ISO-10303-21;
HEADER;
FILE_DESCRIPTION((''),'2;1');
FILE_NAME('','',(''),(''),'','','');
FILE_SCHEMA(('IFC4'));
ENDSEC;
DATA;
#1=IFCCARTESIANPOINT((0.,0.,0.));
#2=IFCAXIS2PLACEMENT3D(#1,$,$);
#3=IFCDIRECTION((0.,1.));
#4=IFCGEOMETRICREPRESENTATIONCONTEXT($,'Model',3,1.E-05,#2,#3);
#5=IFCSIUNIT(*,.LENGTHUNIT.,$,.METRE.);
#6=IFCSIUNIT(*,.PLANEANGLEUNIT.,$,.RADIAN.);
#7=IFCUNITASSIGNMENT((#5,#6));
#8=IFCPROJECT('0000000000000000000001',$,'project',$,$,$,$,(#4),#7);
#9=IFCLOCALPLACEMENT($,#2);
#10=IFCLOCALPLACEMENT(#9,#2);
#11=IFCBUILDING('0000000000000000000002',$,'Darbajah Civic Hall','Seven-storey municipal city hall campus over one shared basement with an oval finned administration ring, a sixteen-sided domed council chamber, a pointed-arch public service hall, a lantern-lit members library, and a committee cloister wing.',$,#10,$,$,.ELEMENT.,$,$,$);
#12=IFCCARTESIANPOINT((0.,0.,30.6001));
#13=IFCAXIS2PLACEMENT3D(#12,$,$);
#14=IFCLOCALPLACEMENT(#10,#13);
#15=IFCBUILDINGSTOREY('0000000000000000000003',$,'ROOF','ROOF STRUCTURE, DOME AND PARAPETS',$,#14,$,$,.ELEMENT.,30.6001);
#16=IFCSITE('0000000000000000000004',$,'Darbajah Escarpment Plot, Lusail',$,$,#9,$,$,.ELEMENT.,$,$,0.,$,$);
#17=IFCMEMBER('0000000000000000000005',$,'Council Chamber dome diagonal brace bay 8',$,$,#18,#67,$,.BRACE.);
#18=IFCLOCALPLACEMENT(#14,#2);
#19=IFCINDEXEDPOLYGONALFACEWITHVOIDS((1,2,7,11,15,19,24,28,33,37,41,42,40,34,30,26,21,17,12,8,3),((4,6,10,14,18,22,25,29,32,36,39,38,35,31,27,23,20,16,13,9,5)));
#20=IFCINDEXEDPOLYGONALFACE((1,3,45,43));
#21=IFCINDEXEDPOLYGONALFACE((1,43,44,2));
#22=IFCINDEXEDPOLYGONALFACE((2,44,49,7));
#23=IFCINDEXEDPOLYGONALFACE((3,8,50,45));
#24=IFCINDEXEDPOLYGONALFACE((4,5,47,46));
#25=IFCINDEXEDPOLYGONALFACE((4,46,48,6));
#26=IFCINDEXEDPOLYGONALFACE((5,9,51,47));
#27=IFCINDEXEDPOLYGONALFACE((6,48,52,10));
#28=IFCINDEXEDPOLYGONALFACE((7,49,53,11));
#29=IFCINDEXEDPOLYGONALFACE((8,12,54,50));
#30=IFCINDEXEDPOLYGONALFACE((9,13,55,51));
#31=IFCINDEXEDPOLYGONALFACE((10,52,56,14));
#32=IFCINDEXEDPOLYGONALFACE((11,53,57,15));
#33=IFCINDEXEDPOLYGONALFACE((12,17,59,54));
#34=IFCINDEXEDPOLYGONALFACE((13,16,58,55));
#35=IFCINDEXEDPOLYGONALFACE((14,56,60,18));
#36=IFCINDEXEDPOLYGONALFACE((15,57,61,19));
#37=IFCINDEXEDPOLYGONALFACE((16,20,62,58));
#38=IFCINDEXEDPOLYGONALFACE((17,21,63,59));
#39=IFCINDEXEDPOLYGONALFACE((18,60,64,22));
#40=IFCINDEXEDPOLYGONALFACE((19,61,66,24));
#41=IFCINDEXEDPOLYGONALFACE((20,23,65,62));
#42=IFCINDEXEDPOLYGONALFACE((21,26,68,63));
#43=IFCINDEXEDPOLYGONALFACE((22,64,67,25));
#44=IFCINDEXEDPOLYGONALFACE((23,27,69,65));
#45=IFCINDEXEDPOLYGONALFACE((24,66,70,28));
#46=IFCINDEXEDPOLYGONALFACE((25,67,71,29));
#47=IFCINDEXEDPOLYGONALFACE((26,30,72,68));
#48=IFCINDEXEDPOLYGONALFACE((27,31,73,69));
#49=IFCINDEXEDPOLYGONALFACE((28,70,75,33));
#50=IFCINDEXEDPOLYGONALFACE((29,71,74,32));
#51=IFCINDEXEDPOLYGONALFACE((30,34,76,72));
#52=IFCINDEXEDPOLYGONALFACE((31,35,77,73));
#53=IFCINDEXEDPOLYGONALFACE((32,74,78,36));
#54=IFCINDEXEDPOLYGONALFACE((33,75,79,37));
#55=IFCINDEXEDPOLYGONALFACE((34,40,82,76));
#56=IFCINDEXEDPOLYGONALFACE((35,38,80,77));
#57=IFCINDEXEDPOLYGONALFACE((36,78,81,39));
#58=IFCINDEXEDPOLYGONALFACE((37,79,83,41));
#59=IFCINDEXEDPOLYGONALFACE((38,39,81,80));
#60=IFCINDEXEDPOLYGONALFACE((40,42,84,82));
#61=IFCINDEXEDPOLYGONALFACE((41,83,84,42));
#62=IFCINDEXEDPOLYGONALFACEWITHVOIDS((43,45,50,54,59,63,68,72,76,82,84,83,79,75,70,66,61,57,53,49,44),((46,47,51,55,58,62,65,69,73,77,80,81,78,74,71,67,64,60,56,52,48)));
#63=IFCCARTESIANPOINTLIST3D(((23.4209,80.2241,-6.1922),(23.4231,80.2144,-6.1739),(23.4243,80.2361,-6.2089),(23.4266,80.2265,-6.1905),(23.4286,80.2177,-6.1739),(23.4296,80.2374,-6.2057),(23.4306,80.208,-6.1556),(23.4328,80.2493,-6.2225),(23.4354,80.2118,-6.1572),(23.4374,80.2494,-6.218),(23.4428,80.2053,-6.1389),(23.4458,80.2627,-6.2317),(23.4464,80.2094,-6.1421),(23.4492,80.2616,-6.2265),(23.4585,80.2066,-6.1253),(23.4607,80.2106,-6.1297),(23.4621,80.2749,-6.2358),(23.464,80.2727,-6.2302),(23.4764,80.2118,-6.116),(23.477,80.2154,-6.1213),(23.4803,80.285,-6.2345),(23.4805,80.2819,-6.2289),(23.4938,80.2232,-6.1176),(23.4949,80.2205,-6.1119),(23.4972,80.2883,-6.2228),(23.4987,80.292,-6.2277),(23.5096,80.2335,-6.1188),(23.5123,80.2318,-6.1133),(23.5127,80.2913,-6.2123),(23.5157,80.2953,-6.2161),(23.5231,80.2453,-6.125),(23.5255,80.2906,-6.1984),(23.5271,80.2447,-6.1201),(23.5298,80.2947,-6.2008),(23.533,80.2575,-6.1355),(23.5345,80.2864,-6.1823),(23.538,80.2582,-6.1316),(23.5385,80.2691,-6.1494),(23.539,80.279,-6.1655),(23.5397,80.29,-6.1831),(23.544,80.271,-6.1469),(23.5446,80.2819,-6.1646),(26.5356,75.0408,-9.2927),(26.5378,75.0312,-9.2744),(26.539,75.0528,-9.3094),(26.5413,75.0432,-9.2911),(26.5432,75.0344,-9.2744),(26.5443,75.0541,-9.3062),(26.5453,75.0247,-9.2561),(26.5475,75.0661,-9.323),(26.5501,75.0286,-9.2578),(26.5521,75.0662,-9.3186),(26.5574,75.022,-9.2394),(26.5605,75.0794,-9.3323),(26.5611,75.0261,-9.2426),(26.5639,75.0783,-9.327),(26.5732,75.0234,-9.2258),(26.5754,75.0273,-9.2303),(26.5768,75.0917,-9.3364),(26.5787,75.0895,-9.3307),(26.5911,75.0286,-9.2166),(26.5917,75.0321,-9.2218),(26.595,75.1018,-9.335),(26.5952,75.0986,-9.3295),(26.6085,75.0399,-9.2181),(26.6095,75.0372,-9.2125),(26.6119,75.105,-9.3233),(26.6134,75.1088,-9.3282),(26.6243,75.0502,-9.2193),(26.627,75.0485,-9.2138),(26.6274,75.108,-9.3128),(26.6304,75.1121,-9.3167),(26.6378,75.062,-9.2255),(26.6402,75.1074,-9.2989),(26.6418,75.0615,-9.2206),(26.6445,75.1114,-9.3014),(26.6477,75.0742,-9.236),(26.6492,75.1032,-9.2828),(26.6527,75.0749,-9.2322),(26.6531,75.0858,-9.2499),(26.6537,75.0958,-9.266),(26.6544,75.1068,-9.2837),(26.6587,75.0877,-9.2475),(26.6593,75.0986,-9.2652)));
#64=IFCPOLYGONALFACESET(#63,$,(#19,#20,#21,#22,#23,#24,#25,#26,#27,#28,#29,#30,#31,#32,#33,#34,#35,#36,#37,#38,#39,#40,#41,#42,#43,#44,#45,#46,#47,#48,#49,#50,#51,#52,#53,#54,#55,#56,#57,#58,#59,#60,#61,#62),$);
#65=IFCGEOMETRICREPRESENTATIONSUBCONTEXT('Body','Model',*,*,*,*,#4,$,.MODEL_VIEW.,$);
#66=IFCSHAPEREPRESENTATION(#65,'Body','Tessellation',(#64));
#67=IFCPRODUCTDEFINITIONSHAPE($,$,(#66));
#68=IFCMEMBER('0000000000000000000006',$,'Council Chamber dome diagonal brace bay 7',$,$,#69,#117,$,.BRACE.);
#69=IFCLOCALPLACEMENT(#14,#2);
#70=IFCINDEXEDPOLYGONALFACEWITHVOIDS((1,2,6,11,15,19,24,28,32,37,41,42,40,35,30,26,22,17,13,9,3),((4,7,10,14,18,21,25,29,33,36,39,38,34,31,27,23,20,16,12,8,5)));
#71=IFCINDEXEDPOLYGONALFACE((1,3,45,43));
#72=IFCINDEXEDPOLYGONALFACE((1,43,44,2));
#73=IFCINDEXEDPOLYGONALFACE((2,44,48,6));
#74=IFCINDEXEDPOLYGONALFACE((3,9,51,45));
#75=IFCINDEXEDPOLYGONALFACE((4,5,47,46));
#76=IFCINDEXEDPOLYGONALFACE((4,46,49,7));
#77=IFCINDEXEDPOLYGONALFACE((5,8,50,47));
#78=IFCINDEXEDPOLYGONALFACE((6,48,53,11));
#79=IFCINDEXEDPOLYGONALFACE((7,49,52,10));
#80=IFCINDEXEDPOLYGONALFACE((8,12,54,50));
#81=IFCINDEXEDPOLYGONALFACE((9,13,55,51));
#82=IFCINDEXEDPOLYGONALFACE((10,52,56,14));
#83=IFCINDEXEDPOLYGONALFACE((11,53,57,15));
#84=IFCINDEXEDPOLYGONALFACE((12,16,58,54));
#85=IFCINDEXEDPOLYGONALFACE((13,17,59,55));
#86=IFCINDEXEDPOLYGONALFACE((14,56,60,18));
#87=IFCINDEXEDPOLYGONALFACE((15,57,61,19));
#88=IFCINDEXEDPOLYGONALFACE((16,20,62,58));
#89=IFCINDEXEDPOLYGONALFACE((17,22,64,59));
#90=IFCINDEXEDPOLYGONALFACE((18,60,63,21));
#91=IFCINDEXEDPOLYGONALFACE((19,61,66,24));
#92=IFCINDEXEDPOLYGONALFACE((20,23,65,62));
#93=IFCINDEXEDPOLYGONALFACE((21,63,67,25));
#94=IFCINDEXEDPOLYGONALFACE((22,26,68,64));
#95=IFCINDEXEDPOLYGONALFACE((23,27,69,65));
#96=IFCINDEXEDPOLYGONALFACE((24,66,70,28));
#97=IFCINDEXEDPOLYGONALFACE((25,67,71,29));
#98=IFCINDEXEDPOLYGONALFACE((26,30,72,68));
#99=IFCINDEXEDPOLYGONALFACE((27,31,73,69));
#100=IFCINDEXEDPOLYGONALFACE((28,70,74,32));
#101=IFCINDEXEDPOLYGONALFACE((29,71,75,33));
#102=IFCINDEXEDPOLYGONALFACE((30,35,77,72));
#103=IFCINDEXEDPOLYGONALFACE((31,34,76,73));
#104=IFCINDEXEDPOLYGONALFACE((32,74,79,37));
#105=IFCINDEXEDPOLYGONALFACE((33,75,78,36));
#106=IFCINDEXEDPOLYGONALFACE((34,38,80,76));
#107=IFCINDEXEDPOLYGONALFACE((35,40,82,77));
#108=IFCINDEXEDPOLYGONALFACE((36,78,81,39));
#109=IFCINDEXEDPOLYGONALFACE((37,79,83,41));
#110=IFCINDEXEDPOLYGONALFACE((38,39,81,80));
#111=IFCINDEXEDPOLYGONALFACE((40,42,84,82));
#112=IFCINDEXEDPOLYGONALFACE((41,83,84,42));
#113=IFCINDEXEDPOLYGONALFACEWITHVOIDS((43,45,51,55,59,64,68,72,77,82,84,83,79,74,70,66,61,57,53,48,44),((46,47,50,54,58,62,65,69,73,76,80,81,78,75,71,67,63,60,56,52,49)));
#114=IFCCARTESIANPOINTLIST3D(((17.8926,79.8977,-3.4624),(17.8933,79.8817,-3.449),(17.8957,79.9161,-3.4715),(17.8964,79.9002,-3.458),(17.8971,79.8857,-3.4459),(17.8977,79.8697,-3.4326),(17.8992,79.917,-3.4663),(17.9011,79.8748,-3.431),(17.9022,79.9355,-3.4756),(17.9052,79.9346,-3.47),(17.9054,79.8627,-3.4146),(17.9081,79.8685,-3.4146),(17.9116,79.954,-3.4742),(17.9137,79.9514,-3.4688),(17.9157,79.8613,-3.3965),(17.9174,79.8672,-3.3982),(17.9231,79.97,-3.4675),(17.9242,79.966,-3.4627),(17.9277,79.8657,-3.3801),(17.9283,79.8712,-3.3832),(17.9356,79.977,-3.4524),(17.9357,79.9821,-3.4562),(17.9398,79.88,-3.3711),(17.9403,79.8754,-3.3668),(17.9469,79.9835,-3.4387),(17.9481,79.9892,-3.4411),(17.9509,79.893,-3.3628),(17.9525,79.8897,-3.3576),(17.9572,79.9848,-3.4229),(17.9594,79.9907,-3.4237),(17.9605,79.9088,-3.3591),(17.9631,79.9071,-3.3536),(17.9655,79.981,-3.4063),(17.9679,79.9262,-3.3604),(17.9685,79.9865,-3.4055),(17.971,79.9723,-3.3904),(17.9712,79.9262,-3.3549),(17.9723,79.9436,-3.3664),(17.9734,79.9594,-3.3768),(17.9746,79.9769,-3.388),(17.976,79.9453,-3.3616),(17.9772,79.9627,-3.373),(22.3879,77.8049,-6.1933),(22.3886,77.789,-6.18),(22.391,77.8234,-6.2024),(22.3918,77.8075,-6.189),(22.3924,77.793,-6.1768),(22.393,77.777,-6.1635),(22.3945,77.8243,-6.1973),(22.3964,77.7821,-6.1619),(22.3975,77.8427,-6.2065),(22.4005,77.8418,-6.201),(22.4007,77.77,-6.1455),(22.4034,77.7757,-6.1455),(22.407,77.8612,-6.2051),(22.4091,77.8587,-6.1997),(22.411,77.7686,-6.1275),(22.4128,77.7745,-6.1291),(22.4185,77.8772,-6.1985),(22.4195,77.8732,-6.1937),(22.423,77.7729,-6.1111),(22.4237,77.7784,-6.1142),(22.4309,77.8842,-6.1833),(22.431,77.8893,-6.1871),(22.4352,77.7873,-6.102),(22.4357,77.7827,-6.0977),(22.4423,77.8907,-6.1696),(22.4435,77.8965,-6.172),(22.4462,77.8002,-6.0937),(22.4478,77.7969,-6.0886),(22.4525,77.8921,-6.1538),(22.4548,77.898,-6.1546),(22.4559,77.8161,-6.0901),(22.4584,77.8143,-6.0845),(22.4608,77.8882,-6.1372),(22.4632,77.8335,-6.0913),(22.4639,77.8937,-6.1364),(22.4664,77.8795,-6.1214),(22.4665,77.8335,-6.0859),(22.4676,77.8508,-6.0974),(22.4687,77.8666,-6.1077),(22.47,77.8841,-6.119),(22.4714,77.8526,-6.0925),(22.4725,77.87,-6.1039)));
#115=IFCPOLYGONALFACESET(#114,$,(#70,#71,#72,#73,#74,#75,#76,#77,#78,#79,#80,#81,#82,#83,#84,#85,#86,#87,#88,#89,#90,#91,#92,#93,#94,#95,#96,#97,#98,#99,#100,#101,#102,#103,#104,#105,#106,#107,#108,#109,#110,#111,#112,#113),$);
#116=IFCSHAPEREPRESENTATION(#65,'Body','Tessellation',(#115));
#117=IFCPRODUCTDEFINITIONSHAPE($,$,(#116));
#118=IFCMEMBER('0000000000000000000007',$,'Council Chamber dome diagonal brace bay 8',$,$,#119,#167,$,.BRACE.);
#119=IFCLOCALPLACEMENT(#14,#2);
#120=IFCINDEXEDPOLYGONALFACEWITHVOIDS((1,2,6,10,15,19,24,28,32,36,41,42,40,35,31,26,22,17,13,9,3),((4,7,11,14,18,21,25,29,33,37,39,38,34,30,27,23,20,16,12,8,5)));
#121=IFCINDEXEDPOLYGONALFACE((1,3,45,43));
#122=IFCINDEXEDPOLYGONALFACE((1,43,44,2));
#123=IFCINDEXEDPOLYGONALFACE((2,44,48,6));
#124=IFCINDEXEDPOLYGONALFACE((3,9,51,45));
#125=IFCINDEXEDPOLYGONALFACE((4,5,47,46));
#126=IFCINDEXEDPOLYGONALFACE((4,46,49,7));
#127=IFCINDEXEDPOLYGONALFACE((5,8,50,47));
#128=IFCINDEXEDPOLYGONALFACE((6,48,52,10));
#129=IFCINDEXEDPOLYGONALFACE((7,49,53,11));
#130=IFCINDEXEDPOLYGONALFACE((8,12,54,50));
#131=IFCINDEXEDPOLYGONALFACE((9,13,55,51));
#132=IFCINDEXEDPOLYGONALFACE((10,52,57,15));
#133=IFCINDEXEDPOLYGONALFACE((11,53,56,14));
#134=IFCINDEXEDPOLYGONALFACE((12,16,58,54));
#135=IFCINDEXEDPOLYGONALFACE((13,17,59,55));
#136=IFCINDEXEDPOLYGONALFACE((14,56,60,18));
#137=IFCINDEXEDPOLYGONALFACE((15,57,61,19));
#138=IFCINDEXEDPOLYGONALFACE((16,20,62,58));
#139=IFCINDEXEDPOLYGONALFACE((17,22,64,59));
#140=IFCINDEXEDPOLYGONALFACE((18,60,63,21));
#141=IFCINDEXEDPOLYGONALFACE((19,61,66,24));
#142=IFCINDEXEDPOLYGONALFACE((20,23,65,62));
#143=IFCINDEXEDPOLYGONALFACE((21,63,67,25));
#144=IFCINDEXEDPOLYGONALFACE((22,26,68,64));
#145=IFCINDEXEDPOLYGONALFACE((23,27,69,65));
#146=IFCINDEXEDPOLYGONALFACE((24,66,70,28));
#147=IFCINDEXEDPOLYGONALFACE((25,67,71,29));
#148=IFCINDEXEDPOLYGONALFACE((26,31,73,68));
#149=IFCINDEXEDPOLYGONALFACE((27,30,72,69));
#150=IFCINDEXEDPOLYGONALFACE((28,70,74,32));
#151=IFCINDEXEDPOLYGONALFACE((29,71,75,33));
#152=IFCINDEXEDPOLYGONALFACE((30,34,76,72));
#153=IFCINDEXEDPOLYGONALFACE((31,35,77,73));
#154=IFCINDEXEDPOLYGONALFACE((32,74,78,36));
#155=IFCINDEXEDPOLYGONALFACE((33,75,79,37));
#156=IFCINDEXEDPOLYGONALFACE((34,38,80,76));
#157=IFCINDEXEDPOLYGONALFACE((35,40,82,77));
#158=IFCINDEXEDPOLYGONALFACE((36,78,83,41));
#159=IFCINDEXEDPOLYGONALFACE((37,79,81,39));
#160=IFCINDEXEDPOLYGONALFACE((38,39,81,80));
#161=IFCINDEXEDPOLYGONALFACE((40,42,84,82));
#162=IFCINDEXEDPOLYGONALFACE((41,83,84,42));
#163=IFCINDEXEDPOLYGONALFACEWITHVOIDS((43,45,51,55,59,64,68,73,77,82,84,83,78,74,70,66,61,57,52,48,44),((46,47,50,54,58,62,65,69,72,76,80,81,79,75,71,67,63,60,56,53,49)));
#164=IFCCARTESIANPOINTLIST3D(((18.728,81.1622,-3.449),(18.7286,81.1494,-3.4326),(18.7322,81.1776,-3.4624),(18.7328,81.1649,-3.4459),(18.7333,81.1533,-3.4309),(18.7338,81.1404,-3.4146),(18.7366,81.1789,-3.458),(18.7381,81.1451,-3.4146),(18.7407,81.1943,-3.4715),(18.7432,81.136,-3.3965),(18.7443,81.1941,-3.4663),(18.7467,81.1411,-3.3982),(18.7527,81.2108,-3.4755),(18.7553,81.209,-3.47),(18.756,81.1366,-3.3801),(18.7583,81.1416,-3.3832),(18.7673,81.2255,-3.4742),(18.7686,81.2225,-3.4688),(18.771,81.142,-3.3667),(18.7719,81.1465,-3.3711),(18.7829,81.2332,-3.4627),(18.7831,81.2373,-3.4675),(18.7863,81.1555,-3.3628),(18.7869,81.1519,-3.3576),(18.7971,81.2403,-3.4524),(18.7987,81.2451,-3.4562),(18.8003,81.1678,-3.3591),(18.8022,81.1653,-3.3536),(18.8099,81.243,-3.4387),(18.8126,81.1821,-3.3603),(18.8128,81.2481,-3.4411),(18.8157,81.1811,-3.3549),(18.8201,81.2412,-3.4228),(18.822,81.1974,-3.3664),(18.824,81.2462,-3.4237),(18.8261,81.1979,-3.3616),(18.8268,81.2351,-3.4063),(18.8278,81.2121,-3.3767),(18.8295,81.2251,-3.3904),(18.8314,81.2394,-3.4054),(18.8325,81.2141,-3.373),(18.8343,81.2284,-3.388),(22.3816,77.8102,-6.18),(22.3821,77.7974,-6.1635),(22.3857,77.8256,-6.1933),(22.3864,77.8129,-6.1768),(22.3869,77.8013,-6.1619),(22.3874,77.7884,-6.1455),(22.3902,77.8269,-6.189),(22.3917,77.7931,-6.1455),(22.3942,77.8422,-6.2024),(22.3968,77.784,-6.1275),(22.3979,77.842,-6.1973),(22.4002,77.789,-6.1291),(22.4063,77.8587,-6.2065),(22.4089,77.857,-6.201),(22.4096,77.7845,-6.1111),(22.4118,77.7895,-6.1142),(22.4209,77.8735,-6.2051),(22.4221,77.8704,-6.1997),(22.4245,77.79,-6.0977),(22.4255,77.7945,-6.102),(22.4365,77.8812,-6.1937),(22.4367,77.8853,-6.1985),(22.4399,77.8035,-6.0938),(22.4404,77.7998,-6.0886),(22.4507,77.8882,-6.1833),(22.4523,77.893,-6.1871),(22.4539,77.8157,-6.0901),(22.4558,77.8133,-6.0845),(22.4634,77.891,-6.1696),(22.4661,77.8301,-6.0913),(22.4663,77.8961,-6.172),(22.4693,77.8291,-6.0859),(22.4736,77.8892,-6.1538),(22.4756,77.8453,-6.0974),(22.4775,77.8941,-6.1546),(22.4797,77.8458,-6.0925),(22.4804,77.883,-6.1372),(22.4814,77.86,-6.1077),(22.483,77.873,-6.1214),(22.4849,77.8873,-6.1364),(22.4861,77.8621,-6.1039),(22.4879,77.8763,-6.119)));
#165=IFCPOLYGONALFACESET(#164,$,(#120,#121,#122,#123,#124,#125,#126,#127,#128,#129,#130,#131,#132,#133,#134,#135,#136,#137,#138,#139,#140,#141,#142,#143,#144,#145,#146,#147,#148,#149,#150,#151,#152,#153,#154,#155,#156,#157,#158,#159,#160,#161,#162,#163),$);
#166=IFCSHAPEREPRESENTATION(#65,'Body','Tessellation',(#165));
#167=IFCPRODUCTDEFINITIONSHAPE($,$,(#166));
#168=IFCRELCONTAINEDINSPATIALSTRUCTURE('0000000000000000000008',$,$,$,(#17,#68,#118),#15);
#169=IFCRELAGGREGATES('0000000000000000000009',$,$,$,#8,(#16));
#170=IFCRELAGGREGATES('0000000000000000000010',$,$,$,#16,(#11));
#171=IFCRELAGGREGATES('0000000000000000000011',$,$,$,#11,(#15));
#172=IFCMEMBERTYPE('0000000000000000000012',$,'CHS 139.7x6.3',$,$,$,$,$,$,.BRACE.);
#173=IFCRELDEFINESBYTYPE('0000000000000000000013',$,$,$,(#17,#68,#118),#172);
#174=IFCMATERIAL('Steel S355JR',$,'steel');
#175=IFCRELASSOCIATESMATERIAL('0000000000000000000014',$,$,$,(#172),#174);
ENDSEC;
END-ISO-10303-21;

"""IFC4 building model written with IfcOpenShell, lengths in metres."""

from ifc_helpers import new_model, si_unit, direction, frame, origin, origin_2d, place, context, subcontext, project, spatial, hollow_circle, extrude, material, material_profile, profile_set, type_object, element, save


model = new_model("IFC4")

# Units and contexts
model_context = context("Model", 3, precision=1e-05, world=origin(), true_north=direction((0.0, 1.0)))
body_context = subcontext(model_context, "Body", "Model", "MODEL_VIEW")
ifc_project = project(units=[si_unit("LENGTHUNIT", "METRE"), si_unit("PLANEANGLEUNIT", "RADIAN")], contexts=[model_context])

# Site, building, storey
site_placement = place(None, origin())
site = spatial("IfcSite", under=ifc_project, at=site_placement, Name="Darbajah Escarpment Plot, Lusail", CompositionType="ELEMENT", RefElevation=0.0)
building_placement = place(site_placement, origin())
building = spatial("IfcBuilding", under=site, at=building_placement, Name="Darbajah Civic Hall", Description="Seven-storey municipal city hall campus over one shared basement with an oval finned administration ring, a sixteen-sided domed council chamber, a pointed-arch public service hall, a lantern-lit members library, and a committee cloister wing.", CompositionType="ELEMENT")
storey_placement = place(building_placement, frame((0.0, 0.0, 30.6001)))
storey = spatial("IfcBuildingStorey", under=building, at=storey_placement, Name="ROOF", Description="ROOF STRUCTURE, DOME AND PARAPETS", CompositionType="ELEMENT", Elevation=30.6001)

# Members
ifc_material = material(Name="Steel S355JR", Category="steel")
ifc_material_profile_1 = material_profile(ifc_material, hollow_circle(Radius=0.0698, WallThickness=0.0063, at=origin_2d()), Name="CHS 139.7x6.3")
ifc_profile_set_1 = profile_set([ifc_material_profile_1], Name="Steel S355JR")
member_type_1 = type_object("IfcMemberType", Name="CHS 139.7x6.3", PredefinedType="BRACE", material=ifc_profile_set_1)
for number, where, z_axis, x_axis, name in (
    (1, (26.5977, 75.0671, -9.2744), (-0.458337, 0.762733, 0.456253), (-0.857147, -0.515072, 0.0), "Council Chamber dome diagonal brace bay 8"),
):
    element("IfcMember", number, at=place(storey_placement, frame(where, z_axis=z_axis, x_axis=x_axis)), inside=storey, type_object=member_type_1, Name=name, PredefinedType="BRACE", context=body_context, shape_type="SweptSolid", body=[
        extrude(hollow_circle(Radius=0.0698, WallThickness=0.0063, at=origin_2d()), origin(), (0.0, 0.0, 1.0), 6.7957),
    ])
member_1_placement = place(storey_placement, frame((22.4302, 77.8333, -6.1455), z_axis=(-0.794103, 0.369687, 0.482422), x_axis=(-0.422047, -0.906574, 0.0)))
element("IfcMember", 2, at=member_1_placement, inside=storey, type_object=member_type_1, Name="Council Chamber dome diagonal brace bay 7", PredefinedType="BRACE", context=body_context, shape_type="SweptSolid", body=[
    extrude(hollow_circle(Radius=0.0698, WallThickness=0.0063, at=origin_2d()), origin(), (0.0, 0.0, 1.0), 5.6609),
])
member_2_placement = place(storey_placement, frame((22.4346, 77.8398, -6.1455), z_axis=(-0.645433, 0.592168, 0.482446), x_axis=(-0.676048, -0.736858, 0.0)))
element("IfcMember", 3, at=member_2_placement, inside=storey, type_object=member_type_1, Name="Council Chamber dome diagonal brace bay 8", PredefinedType="BRACE", context=body_context, shape_type="SweptSolid", body=[
    extrude(hollow_circle(Radius=0.0698, WallThickness=0.0063, at=origin_2d()), origin(), (0.0, 0.0, 1.0), 5.6606),
])

save(model, "model.ifc")
